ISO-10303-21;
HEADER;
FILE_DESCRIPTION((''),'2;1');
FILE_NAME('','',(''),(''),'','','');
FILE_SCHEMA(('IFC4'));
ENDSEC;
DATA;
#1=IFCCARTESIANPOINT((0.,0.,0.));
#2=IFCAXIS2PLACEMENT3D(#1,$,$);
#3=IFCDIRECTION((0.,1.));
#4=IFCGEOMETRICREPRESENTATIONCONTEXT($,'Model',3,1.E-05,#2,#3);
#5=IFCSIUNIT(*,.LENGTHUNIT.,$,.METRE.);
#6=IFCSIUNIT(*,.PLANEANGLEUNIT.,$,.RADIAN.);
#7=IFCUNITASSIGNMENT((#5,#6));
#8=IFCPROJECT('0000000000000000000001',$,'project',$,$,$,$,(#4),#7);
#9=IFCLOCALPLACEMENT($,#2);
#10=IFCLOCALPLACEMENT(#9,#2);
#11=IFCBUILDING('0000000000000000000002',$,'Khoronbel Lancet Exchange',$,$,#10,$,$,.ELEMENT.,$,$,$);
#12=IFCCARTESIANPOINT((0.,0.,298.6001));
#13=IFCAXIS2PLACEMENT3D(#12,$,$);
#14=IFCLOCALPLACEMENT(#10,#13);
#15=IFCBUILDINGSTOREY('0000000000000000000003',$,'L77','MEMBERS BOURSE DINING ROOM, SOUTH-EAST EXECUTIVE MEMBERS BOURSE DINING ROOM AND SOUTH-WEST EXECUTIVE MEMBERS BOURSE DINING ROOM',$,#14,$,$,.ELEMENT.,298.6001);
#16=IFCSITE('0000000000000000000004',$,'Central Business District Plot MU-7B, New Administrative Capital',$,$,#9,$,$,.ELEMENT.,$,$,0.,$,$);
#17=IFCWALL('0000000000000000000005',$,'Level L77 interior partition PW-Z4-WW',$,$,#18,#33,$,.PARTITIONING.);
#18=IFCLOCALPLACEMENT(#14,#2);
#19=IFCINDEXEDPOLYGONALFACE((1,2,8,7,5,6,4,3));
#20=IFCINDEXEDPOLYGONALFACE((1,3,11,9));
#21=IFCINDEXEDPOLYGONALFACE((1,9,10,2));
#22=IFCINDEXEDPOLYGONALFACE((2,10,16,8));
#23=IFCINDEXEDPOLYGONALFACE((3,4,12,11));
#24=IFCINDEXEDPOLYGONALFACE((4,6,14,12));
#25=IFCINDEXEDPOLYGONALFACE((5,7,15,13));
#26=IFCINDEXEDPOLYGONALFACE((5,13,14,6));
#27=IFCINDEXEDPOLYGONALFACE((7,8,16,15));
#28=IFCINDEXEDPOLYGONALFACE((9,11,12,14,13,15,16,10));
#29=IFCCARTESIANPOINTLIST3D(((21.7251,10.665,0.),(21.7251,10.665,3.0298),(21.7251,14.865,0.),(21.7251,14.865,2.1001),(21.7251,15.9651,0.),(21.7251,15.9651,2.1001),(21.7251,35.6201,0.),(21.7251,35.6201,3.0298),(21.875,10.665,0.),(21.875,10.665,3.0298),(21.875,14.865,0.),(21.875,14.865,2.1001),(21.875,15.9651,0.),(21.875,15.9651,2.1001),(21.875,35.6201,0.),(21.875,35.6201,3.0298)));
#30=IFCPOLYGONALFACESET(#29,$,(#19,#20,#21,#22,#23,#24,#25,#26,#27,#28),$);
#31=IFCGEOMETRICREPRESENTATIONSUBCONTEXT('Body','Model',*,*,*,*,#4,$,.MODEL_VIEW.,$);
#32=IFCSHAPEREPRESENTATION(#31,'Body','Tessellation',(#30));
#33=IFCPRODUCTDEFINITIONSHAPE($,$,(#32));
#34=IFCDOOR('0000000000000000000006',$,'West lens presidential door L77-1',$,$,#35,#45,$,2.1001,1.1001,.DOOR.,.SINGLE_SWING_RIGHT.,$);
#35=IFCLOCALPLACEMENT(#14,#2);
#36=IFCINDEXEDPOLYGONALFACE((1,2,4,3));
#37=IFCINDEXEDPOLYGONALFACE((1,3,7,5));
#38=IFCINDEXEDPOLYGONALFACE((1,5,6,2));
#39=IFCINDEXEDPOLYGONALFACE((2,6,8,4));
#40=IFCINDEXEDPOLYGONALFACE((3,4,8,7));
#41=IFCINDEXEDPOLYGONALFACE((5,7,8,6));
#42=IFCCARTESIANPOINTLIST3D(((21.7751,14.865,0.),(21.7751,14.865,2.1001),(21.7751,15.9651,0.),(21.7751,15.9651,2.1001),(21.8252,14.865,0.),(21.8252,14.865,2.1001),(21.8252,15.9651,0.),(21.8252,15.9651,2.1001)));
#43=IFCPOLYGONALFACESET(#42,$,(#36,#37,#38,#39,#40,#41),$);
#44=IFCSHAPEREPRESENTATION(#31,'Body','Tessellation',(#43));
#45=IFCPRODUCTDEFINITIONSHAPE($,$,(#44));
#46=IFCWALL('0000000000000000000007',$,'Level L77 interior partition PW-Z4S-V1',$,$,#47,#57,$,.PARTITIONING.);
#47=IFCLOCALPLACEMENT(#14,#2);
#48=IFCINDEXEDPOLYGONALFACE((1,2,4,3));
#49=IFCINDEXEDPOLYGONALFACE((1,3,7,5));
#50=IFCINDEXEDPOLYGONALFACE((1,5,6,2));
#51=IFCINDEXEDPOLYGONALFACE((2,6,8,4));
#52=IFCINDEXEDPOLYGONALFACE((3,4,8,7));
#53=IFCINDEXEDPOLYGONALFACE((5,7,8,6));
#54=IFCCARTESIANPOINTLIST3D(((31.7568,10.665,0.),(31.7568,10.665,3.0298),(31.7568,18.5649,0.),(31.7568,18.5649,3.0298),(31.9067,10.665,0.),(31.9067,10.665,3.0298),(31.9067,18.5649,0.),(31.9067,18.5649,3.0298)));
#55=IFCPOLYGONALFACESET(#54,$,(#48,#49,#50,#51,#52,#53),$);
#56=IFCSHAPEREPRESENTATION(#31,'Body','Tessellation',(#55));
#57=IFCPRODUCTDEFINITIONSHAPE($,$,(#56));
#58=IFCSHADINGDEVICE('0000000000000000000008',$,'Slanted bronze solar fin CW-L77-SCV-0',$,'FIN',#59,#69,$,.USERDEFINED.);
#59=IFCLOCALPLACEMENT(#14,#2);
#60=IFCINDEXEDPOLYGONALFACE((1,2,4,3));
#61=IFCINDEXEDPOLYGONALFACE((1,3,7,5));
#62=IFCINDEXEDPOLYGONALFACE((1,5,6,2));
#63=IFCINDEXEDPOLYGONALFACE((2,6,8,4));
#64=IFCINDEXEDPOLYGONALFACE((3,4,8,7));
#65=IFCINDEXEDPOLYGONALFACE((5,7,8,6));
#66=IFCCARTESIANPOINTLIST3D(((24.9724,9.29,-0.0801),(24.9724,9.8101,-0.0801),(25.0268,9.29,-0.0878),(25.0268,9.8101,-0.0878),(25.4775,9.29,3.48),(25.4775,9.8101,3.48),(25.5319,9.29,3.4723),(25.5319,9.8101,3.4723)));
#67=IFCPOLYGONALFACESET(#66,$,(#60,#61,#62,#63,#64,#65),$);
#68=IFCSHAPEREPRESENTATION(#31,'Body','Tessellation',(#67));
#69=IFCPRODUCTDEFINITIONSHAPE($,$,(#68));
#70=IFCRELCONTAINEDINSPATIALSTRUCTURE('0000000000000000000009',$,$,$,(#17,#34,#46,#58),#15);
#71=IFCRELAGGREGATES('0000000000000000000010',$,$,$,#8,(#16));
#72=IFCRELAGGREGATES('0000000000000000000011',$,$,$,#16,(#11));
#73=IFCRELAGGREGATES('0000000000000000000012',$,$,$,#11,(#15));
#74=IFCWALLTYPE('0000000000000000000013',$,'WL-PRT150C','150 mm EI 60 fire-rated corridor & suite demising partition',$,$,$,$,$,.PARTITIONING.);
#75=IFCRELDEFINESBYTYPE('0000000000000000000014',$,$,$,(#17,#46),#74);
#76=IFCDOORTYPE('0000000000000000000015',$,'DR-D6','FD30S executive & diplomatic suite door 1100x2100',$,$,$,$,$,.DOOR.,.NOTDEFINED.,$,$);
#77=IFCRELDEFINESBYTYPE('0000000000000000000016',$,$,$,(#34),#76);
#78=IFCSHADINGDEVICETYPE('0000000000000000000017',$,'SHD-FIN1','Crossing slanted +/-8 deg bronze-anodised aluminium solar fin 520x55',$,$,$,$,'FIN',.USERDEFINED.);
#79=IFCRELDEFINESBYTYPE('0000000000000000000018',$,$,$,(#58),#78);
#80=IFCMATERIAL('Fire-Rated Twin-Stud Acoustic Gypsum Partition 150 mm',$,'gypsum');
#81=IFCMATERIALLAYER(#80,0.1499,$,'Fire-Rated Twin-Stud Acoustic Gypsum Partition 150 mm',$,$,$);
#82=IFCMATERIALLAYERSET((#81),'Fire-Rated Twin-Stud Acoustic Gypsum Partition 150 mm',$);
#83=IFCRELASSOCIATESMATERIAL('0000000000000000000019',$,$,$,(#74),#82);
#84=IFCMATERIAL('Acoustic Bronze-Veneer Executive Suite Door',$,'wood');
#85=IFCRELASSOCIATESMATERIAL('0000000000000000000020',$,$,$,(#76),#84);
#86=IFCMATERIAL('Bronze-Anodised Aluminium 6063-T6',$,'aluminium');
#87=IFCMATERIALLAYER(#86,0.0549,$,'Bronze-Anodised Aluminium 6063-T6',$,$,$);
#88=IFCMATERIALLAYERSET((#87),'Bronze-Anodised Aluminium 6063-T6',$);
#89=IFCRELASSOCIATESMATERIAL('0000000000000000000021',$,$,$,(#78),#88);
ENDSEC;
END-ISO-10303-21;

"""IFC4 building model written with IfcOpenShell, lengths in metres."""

from ifc_helpers import new_model, si_unit, direction, frame, frame_2d, origin, place, context, subcontext, project, spatial, polyline, rectangle, outline, extrude, material, layer, layer_set, type_object, element, fill, save


model = new_model("IFC4")

# Units and contexts
model_context = context("Model", 3, precision=1e-05, world=origin(), true_north=direction((0.0, 1.0)))
body_context = subcontext(model_context, "Body", "Model", "MODEL_VIEW")
ifc_project = project(units=[si_unit("LENGTHUNIT", "METRE"), si_unit("PLANEANGLEUNIT", "RADIAN")], contexts=[model_context])

# Site, building, storey
site_placement = place(None, origin())
site = spatial("IfcSite", under=ifc_project, at=site_placement, Name="Central Business District Plot MU-7B, New Administrative Capital", CompositionType="ELEMENT", RefElevation=0.0)
building_placement = place(site_placement, origin())
building = spatial("IfcBuilding", under=site, at=building_placement, Name="Khoronbel Lancet Exchange", CompositionType="ELEMENT")
storey_placement = place(building_placement, frame((0.0, 0.0, 298.6001)))
storey = spatial("IfcBuildingStorey", under=building, at=storey_placement, Name="L77", Description="MEMBERS BOURSE DINING ROOM, SOUTH-EAST EXECUTIVE MEMBERS BOURSE DINING ROOM AND SOUTH-WEST EXECUTIVE MEMBERS BOURSE DINING ROOM", CompositionType="ELEMENT", Elevation=298.6001)

# Shared definitions
ifc_material_1 = material(Name="Bronze-Anodised Aluminium 6063-T6", Category="aluminium")

# Wall, opening, door
ifc_material_2 = material(Name="Fire-Rated Twin-Stud Acoustic Gypsum Partition 150 mm", Category="gypsum")
ifc_layer_1 = layer(ifc_material_2, 0.1499, Name="Fire-Rated Twin-Stud Acoustic Gypsum Partition 150 mm")
ifc_layer_set_1 = layer_set([ifc_layer_1], Name="Fire-Rated Twin-Stud Acoustic Gypsum Partition 150 mm")
wall_type = type_object("IfcWallType", Name="WL-PRT150C", Description="150 mm EI 60 fire-rated corridor & suite demising partition", PredefinedType="PARTITIONING", material=ifc_layer_set_1)
wall_1_placement = place(storey_placement, frame((21.8, 10.665, 0.0), z_axis=(0.0, 0.0, 1.0), x_axis=(0.0, 1.0, 0.0)))
wall_1 = element("IfcWall", 1, at=wall_1_placement, inside=storey, type_object=wall_type, Name="Level L77 interior partition PW-Z4-WW", PredefinedType="PARTITIONING", context=body_context, shape_type="SweptSolid", body=[
    extrude(rectangle(XDim=24.9551, YDim=0.1499, at=frame_2d((12.4775, 0.0))), origin(), (0.0, 0.0, 1.0), 3.0298),
])
opening_placement = place(wall_1_placement, frame((4.2, 0.0, 0.0)))
opening = element("IfcOpeningElement", 2, at=opening_placement, cuts=wall_1, PredefinedType="OPENING", context=body_context, shape_type="SweptSolid", body=[
    extrude(rectangle(XDim=1.1001, YDim=2.1001, at=frame_2d((0.55, 1.05))), frame((0.0, 0.085, 0.0), z_axis=(0.0, -1.0, 0.0), x_axis=(1.0, 0.0, 0.0)), (0.0, 0.0, 1.0), 0.1699),
])
ifc_material_3 = material(Name="Acoustic Bronze-Veneer Executive Suite Door", Category="wood")
door_type = type_object("IfcDoorType", Name="DR-D6", Description="FD30S executive & diplomatic suite door 1100x2100", OperationType="NOTDEFINED", PredefinedType="DOOR", material=ifc_material_3)
door_placement = place(opening_placement, origin())
door = element("IfcDoor", 3, at=door_placement, inside=storey, type_object=door_type, Name="West lens presidential door L77-1", OperationType="SINGLE_SWING_RIGHT", OverallHeight=2.1001, OverallWidth=1.1001, PredefinedType="DOOR", context=body_context, shape_type="SweptSolid", body=[
    extrude(rectangle(XDim=1.1001, YDim=2.1001, at=frame_2d((0.55, 1.05))), frame((0.0, 0.0249, 0.0), z_axis=(0.0, -1.0, 0.0), x_axis=(1.0, 0.0, 0.0)), (0.0, 0.0, 1.0), 0.05),
])
fill(opening, door)

# Wall
wall_2_placement = place(storey_placement, frame((31.8318, 10.665, 0.0), z_axis=(0.0, 0.0, 1.0), x_axis=(0.0, 1.0, 0.0)))
element("IfcWall", 4, at=wall_2_placement, inside=storey, type_object=wall_type, Name="Level L77 interior partition PW-Z4S-V1", PredefinedType="PARTITIONING", context=body_context, shape_type="SweptSolid", body=[
    extrude(rectangle(XDim=7.8999, YDim=0.1499, at=frame_2d((3.95, 0.0))), origin(), (0.0, 0.0, 1.0), 3.0298),
])

# Shading device
ifc_layer_2 = layer(ifc_material_1, 0.0549, Name="Bronze-Anodised Aluminium 6063-T6")
ifc_layer_set_2 = layer_set([ifc_layer_2], Name="Bronze-Anodised Aluminium 6063-T6")
shading_device_type = type_object("IfcShadingDeviceType", Name="SHD-FIN1", Description="Crossing slanted +/-8 deg bronze-anodised aluminium solar fin 520x55", ElementType="FIN", PredefinedType="USERDEFINED", material=ifc_layer_set_2)
shading_device_placement = place(storey_placement, frame((24.9724, 9.8101, -0.0801), z_axis=(-0.990083, 0.0, 0.14048), x_axis=(0.0, -1.0, 0.0)))
element("IfcShadingDevice", 5, at=shading_device_placement, inside=storey, type_object=shading_device_type, Name="Slanted bronze solar fin CW-L77-SCV-0", ObjectType="FIN", PredefinedType="USERDEFINED", context=body_context, shape_type="SweptSolid", body=[
    extrude(outline(polyline([(0.0, 0.0), (0.52, 0.0), (0.52, 3.5957), (0.0, 3.5957), (0.0, 0.0)])), origin(), (0.0, 0.0, -1.0), 0.0549),
])

save(model, "model.ifc")
